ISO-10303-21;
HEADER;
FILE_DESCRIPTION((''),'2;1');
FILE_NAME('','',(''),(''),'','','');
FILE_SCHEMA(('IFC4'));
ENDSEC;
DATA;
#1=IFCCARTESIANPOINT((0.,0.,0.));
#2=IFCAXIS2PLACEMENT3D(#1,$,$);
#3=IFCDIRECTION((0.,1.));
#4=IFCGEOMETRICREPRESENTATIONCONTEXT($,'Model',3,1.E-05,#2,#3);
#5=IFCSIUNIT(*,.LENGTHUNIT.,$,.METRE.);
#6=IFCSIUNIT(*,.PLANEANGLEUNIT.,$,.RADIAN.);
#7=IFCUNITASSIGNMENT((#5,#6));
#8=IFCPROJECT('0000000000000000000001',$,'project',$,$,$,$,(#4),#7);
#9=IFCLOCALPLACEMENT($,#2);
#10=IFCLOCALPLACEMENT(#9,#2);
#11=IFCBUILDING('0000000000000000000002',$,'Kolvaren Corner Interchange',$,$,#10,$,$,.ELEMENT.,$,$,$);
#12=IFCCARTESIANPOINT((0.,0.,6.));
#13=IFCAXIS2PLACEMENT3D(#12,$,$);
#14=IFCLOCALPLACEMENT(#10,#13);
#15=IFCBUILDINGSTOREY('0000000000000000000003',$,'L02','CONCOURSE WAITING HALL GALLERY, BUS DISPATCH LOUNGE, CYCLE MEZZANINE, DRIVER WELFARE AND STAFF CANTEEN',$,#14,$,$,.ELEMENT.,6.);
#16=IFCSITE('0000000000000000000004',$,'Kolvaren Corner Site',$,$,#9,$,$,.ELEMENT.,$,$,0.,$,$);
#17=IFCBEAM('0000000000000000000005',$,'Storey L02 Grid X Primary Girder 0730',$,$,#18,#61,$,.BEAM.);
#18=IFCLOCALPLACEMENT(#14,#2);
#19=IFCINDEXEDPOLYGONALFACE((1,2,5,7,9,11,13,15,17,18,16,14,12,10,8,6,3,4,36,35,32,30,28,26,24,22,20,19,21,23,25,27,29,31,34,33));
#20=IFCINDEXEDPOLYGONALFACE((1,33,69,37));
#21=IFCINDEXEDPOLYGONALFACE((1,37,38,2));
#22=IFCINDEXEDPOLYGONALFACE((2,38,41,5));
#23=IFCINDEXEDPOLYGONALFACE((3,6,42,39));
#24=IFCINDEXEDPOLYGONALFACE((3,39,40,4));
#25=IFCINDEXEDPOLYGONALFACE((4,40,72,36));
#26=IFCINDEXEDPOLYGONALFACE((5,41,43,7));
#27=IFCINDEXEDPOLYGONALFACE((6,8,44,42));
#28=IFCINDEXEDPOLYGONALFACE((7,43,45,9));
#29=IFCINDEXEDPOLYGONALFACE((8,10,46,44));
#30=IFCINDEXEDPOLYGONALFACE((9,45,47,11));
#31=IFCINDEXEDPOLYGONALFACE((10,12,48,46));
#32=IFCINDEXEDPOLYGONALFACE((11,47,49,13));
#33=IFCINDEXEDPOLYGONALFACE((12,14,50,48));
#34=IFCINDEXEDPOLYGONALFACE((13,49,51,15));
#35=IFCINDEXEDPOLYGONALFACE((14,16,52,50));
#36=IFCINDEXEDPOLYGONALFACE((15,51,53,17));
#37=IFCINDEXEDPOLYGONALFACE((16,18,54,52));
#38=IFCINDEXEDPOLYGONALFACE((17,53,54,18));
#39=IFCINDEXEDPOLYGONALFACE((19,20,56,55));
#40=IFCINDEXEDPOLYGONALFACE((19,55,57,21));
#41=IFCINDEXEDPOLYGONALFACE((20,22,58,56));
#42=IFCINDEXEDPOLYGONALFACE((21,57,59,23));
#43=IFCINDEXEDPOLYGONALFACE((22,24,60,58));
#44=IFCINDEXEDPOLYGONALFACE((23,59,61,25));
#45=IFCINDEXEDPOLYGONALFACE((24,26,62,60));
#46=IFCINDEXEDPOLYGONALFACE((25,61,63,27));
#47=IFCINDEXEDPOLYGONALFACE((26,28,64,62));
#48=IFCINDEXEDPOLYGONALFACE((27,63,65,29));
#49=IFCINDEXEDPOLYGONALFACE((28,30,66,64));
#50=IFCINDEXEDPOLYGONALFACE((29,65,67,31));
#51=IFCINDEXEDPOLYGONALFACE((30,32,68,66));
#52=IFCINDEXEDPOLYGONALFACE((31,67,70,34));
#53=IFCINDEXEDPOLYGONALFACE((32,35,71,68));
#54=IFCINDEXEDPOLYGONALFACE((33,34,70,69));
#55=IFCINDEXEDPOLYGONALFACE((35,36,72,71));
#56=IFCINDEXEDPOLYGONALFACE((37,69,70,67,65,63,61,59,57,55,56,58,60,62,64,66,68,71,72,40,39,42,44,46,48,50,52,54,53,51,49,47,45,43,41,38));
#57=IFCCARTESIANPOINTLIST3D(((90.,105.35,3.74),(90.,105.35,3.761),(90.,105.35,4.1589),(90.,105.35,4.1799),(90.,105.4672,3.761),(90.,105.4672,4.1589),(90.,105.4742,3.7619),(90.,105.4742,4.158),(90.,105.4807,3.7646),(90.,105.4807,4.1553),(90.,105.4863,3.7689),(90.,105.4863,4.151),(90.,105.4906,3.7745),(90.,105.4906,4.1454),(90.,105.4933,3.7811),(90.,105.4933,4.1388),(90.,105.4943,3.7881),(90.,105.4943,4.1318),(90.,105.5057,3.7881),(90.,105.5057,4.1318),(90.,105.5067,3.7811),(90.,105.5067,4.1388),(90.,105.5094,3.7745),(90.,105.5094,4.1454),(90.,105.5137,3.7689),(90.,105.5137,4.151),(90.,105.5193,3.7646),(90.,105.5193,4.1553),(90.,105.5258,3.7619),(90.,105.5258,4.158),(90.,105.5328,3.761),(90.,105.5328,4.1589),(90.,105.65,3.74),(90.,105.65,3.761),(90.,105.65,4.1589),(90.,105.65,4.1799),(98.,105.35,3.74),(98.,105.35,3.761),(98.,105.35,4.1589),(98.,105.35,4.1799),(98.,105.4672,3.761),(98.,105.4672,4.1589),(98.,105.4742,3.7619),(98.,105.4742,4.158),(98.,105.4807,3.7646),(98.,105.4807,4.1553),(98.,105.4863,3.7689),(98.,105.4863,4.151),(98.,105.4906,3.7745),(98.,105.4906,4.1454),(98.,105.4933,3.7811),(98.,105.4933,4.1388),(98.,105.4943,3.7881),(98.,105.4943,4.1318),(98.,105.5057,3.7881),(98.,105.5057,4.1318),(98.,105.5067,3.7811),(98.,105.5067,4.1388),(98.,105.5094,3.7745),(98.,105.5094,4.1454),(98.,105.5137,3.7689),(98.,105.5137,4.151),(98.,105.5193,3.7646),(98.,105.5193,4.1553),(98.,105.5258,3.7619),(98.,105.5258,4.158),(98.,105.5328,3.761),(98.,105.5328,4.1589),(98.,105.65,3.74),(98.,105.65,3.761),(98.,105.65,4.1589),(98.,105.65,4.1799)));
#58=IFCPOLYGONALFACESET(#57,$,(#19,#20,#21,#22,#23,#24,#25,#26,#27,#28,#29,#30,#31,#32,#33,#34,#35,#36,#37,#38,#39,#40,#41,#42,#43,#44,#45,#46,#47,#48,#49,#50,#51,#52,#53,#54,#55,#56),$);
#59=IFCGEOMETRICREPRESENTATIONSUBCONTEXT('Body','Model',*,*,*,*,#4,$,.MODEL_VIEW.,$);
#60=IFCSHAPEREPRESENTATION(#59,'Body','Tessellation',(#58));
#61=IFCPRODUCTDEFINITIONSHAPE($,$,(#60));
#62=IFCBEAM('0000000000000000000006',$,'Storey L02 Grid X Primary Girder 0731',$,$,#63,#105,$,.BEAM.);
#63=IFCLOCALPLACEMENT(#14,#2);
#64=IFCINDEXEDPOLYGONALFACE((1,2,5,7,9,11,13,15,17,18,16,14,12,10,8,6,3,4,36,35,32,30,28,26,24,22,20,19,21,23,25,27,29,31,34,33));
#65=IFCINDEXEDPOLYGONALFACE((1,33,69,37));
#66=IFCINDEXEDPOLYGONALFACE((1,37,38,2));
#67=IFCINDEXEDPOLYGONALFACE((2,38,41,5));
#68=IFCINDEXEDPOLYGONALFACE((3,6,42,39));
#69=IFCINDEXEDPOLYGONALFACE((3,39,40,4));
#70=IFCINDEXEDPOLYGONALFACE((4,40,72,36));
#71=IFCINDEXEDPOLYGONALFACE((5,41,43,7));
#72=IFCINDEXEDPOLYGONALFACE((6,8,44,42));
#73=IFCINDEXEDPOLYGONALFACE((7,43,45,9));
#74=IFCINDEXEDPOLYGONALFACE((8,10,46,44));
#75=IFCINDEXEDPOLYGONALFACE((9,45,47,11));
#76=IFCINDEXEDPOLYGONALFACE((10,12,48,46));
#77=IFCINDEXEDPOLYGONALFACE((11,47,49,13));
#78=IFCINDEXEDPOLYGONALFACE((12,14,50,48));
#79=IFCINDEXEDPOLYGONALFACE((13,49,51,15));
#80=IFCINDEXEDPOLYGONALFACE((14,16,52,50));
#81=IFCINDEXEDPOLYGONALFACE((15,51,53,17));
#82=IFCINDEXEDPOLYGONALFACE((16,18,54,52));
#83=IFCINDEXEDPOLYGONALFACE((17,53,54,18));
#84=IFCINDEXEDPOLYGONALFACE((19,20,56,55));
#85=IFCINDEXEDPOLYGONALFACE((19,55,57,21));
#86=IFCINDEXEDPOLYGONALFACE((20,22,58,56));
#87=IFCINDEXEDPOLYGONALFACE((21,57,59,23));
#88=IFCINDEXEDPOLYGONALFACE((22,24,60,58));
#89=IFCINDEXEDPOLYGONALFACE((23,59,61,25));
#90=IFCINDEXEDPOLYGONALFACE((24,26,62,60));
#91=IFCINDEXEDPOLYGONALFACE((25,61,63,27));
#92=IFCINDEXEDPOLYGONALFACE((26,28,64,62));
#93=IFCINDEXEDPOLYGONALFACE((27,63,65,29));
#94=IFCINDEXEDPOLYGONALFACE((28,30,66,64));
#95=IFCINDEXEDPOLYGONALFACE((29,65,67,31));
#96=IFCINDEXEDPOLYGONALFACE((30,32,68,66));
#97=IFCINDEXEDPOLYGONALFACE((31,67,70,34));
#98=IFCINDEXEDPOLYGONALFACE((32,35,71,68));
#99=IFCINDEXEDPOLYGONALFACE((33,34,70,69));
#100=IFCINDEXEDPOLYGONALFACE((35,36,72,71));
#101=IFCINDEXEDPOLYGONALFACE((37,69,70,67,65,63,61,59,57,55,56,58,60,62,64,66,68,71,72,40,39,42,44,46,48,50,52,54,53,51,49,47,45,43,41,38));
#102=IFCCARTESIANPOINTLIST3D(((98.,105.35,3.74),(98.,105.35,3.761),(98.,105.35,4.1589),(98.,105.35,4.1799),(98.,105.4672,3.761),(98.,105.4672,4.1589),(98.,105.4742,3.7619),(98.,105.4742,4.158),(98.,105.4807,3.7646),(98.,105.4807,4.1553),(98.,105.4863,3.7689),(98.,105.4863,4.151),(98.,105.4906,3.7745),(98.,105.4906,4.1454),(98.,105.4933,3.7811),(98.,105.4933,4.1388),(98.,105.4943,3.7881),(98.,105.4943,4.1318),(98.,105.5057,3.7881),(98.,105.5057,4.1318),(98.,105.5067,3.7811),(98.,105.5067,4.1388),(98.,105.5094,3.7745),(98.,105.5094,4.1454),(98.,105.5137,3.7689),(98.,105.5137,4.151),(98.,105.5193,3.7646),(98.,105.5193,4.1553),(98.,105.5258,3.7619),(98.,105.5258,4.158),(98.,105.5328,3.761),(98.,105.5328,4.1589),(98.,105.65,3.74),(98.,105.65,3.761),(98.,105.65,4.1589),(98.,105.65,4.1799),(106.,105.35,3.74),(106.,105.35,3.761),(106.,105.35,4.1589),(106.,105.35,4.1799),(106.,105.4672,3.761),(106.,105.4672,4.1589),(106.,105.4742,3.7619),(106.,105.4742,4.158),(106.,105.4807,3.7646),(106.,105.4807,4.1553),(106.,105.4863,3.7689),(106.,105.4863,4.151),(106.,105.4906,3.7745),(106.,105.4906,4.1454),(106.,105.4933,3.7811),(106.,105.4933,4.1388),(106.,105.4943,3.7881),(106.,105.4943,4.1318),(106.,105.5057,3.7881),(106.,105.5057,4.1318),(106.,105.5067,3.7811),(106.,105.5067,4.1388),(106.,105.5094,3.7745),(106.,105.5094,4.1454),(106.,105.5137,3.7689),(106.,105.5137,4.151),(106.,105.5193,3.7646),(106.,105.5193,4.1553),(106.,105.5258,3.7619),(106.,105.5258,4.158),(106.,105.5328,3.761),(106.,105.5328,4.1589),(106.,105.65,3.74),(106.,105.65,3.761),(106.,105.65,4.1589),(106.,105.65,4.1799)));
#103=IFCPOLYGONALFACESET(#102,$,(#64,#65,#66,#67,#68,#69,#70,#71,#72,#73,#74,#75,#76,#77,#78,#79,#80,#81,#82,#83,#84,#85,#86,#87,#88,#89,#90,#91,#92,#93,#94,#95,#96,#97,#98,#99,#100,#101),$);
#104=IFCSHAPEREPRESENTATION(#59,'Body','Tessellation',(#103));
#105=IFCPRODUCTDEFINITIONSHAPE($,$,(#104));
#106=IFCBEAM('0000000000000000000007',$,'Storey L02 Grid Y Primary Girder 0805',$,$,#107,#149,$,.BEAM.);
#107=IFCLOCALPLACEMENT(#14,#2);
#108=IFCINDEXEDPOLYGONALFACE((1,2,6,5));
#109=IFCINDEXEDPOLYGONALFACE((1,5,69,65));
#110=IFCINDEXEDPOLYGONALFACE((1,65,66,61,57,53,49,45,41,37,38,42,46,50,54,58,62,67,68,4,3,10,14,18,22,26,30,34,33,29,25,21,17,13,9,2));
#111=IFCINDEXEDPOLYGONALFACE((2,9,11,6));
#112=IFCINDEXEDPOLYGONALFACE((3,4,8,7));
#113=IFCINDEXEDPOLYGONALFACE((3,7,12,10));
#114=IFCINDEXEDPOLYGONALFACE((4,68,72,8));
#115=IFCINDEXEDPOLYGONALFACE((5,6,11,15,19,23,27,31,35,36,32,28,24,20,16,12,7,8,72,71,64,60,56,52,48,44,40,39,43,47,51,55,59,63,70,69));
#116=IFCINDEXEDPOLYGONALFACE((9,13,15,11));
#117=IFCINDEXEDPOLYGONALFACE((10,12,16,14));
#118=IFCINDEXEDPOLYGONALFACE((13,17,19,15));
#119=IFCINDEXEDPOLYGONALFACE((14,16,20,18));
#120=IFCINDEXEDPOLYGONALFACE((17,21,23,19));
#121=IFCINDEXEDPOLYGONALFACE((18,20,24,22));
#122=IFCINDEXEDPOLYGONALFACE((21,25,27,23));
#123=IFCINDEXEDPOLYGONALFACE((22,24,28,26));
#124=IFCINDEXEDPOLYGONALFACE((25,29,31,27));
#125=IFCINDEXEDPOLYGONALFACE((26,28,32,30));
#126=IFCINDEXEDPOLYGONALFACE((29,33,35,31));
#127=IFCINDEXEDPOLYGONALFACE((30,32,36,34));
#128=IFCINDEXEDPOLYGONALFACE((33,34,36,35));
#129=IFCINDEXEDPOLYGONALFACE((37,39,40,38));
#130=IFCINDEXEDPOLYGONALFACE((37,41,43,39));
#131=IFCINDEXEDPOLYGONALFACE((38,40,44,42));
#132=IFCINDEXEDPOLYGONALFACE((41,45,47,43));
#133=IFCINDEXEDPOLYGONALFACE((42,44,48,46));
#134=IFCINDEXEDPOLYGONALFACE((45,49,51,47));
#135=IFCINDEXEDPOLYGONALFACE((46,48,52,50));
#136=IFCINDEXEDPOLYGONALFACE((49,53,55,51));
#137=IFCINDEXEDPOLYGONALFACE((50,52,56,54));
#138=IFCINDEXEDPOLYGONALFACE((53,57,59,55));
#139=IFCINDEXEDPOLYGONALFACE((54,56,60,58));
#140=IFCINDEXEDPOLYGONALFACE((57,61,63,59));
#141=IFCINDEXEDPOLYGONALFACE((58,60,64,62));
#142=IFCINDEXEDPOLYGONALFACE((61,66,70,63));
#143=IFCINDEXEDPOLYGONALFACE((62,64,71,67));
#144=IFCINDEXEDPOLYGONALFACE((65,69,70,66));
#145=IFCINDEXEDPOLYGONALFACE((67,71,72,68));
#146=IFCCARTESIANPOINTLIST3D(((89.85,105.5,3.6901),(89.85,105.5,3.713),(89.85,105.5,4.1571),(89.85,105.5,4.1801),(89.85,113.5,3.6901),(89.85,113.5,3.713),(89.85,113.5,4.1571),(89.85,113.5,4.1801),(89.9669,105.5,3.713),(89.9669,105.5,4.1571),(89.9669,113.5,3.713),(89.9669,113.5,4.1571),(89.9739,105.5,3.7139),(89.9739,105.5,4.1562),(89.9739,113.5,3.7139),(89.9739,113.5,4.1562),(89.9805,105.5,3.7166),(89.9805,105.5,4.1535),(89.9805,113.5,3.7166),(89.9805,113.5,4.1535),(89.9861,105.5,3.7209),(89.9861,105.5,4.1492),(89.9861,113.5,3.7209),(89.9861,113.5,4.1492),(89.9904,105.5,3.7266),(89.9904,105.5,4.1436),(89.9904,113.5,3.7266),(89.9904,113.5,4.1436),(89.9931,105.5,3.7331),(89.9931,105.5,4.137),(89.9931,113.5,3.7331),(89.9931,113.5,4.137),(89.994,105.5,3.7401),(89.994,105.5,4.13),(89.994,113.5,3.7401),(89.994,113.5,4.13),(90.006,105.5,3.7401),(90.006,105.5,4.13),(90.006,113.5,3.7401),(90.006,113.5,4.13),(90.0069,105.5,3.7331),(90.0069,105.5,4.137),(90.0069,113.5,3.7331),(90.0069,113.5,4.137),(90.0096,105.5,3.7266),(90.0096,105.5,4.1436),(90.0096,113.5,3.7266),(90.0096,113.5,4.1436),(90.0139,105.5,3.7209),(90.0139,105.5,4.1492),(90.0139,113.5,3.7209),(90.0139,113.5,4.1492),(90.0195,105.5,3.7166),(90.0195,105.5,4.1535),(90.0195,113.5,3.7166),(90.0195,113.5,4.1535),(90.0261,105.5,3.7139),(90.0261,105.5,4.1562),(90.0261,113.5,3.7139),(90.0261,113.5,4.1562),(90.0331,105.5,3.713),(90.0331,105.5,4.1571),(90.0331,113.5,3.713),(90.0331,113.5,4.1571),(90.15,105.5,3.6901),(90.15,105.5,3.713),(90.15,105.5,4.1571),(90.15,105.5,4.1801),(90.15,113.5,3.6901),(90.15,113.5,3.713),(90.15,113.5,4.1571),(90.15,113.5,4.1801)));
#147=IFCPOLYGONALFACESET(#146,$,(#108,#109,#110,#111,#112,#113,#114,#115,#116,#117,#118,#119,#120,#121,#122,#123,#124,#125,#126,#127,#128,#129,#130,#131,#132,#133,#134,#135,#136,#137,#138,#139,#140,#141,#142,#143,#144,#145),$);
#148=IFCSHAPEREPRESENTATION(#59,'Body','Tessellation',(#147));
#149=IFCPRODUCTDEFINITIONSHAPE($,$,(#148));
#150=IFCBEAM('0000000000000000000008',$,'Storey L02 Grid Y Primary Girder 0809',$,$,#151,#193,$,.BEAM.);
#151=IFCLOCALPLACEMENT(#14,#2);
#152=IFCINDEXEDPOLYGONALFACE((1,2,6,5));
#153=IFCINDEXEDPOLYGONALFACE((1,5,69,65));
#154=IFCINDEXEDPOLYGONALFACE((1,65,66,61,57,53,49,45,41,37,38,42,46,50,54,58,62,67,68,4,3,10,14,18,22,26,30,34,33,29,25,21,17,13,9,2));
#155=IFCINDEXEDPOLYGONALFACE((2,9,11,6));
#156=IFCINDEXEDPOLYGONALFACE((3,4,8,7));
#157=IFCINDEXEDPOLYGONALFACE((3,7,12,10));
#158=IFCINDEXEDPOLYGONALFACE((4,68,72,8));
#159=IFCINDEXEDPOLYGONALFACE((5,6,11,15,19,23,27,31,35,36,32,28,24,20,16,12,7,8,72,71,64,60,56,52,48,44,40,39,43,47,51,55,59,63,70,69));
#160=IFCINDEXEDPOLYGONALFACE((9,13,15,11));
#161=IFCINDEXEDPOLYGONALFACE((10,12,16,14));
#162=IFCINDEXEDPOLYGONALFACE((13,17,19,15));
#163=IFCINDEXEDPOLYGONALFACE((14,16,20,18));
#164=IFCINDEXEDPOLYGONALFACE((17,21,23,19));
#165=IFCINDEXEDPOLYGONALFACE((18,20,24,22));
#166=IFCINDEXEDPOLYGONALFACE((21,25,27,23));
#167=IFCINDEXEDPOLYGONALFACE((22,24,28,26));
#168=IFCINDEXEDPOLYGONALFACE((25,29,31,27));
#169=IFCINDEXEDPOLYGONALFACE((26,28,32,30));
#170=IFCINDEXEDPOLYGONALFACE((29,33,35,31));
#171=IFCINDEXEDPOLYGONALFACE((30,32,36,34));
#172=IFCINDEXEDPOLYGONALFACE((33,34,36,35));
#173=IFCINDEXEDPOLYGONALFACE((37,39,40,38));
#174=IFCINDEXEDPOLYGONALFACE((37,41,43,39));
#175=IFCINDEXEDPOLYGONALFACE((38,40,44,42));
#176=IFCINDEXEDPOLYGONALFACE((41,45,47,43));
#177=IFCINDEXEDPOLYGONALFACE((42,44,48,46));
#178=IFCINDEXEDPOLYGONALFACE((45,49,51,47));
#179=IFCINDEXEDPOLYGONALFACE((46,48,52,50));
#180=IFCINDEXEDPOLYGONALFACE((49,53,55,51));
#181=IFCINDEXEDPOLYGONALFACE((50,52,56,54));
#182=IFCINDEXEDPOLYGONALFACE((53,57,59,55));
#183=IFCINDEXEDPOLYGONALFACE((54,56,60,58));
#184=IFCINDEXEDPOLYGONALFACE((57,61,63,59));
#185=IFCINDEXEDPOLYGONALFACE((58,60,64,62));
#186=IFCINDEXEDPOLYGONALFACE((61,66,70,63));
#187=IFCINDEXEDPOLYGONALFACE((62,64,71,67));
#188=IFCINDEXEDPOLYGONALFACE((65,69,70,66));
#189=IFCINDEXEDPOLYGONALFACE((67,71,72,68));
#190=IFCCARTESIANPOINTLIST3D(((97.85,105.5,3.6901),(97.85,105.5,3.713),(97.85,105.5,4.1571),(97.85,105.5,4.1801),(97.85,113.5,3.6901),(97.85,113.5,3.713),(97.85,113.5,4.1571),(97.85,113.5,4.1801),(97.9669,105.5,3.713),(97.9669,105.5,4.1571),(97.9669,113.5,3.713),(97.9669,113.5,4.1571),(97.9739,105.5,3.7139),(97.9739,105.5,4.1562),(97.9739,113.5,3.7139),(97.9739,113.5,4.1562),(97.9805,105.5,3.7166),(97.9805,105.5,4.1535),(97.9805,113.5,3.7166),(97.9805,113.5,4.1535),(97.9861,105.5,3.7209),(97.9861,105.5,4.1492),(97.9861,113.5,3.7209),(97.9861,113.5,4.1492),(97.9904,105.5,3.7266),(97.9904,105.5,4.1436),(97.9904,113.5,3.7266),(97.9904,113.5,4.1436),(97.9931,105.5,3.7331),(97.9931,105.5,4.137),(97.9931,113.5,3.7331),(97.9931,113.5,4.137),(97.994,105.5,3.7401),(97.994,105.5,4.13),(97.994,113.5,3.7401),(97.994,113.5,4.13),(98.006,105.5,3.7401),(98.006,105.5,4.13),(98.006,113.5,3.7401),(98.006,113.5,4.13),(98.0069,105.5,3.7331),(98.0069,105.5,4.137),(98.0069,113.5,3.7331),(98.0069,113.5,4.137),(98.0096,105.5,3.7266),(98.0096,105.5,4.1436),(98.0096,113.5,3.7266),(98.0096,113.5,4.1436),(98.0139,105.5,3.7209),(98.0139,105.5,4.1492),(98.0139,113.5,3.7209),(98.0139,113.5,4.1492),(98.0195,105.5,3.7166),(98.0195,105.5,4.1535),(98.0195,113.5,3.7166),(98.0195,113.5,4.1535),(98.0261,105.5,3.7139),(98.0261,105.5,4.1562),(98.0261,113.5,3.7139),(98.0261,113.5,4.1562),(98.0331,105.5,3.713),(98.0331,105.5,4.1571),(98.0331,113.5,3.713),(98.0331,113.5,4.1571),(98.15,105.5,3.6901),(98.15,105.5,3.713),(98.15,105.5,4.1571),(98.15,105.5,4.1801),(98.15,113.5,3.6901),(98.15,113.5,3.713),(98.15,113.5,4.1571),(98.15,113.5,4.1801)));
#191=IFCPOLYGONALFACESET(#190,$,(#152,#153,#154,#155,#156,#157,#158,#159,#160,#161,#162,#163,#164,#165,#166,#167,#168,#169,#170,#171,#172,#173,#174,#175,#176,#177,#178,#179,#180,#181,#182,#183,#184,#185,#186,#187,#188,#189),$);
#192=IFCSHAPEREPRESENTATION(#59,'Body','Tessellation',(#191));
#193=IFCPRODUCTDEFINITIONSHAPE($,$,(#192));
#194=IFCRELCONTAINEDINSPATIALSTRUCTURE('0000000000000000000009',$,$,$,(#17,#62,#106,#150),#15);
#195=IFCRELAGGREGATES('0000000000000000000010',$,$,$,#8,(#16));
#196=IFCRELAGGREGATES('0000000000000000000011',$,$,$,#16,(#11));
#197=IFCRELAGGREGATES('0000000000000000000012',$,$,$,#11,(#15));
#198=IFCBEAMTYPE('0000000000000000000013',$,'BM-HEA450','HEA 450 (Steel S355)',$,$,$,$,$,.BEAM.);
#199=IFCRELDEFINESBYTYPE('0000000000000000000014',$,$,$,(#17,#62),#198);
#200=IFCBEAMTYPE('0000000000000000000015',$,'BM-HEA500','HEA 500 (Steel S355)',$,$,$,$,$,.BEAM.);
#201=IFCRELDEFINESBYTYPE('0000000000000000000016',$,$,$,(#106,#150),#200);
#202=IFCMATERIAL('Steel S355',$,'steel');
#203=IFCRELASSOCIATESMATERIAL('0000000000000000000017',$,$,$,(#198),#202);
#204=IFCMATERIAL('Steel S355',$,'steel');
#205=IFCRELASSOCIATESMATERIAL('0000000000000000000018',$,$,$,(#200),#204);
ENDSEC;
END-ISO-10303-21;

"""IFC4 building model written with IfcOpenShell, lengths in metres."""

from ifc_helpers import new_model, si_unit, direction, frame, origin, origin_2d, place, context, subcontext, project, spatial, i_section, extrude, material, material_profile, profile_set, type_object, element, save


model = new_model("IFC4")

# Units and contexts
model_context = context("Model", 3, precision=1e-05, world=origin(), true_north=direction((0.0, 1.0)))
body_context = subcontext(model_context, "Body", "Model", "MODEL_VIEW")
ifc_project = project(units=[si_unit("LENGTHUNIT", "METRE"), si_unit("PLANEANGLEUNIT", "RADIAN")], contexts=[model_context])

# Site, building, storey
site_placement = place(None, origin())
site = spatial("IfcSite", under=ifc_project, at=site_placement, Name="Kolvaren Corner Site", CompositionType="ELEMENT", RefElevation=0.0)
building_placement = place(site_placement, origin())
building = spatial("IfcBuilding", under=site, at=building_placement, Name="Kolvaren Corner Interchange", CompositionType="ELEMENT")
storey_placement = place(building_placement, frame((0.0, 0.0, 6.0)))
storey = spatial("IfcBuildingStorey", under=building, at=storey_placement, Name="L02", Description="CONCOURSE WAITING HALL GALLERY, BUS DISPATCH LOUNGE, CYCLE MEZZANINE, DRIVER WELFARE AND STAFF CANTEEN", CompositionType="ELEMENT", Elevation=6.0)

# Beams
ifc_material_1 = material(Name="Steel S355", Category="steel")
ifc_material_profile_1 = material_profile(ifc_material_1, i_section(OverallWidth=0.3, OverallDepth=0.4399, WebThickness=0.0115, FlangeThickness=0.021, FilletRadius=0.0271, at=origin_2d()), Name="HEA 450")
ifc_profile_set_1 = profile_set([ifc_material_profile_1], Name="Steel S355")
beam_type_1 = type_object("IfcBeamType", Name="BM-HEA450", Description="HEA 450 (Steel S355)", PredefinedType="BEAM", material=ifc_profile_set_1)
for number, where, z_axis, x_axis, name in (
    (1, (90.0, 105.5, 3.96), (1.0, 0.0, 0.0), (0.0, 1.0, 0.0), "Storey L02 Grid X Primary Girder 0730"),
    (2, (98.0, 105.5, 3.96), (1.0, 0.0, 0.0), (0.0, 1.0, 0.0), "Storey L02 Grid X Primary Girder 0731"),
):
    element("IfcBeam", number, at=place(storey_placement, frame(where, z_axis=z_axis, x_axis=x_axis)), inside=storey, type_object=beam_type_1, Name=name, PredefinedType="BEAM", context=body_context, shape_type="SweptSolid", body=[
        extrude(i_section(OverallWidth=0.3, OverallDepth=0.4399, WebThickness=0.0115, FlangeThickness=0.021, FilletRadius=0.0271, at=origin_2d()), origin(), (0.0, 0.0, 1.0), 8.0),
    ])
ifc_material_2 = material(Name="Steel S355", Category="steel")
ifc_material_profile_2 = material_profile(ifc_material_2, i_section(OverallWidth=0.3, OverallDepth=0.49, WebThickness=0.012, FlangeThickness=0.0229, FilletRadius=0.0271, at=origin_2d()), Name="HEA 500")
ifc_profile_set_2 = profile_set([ifc_material_profile_2], Name="Steel S355")
beam_type_2 = type_object("IfcBeamType", Name="BM-HEA500", Description="HEA 500 (Steel S355)", PredefinedType="BEAM", material=ifc_profile_set_2)
for number, where, z_axis, x_axis, name in (
    (3, (90.0, 105.5, 3.9351), (0.0, 1.0, 0.0), (-1.0, 0.0, 0.0), "Storey L02 Grid Y Primary Girder 0805"),
    (4, (98.0, 105.5, 3.9351), (0.0, 1.0, 0.0), (-1.0, 0.0, 0.0), "Storey L02 Grid Y Primary Girder 0809"),
):
    element("IfcBeam", number, at=place(storey_placement, frame(where, z_axis=z_axis, x_axis=x_axis)), inside=storey, type_object=beam_type_2, Name=name, PredefinedType="BEAM", context=body_context, shape_type="SweptSolid", body=[
        extrude(i_section(OverallWidth=0.3, OverallDepth=0.49, WebThickness=0.012, FlangeThickness=0.0229, FilletRadius=0.0271, at=origin_2d()), origin(), (0.0, 0.0, 1.0), 8.0),
    ])

save(model, "model.ifc")
